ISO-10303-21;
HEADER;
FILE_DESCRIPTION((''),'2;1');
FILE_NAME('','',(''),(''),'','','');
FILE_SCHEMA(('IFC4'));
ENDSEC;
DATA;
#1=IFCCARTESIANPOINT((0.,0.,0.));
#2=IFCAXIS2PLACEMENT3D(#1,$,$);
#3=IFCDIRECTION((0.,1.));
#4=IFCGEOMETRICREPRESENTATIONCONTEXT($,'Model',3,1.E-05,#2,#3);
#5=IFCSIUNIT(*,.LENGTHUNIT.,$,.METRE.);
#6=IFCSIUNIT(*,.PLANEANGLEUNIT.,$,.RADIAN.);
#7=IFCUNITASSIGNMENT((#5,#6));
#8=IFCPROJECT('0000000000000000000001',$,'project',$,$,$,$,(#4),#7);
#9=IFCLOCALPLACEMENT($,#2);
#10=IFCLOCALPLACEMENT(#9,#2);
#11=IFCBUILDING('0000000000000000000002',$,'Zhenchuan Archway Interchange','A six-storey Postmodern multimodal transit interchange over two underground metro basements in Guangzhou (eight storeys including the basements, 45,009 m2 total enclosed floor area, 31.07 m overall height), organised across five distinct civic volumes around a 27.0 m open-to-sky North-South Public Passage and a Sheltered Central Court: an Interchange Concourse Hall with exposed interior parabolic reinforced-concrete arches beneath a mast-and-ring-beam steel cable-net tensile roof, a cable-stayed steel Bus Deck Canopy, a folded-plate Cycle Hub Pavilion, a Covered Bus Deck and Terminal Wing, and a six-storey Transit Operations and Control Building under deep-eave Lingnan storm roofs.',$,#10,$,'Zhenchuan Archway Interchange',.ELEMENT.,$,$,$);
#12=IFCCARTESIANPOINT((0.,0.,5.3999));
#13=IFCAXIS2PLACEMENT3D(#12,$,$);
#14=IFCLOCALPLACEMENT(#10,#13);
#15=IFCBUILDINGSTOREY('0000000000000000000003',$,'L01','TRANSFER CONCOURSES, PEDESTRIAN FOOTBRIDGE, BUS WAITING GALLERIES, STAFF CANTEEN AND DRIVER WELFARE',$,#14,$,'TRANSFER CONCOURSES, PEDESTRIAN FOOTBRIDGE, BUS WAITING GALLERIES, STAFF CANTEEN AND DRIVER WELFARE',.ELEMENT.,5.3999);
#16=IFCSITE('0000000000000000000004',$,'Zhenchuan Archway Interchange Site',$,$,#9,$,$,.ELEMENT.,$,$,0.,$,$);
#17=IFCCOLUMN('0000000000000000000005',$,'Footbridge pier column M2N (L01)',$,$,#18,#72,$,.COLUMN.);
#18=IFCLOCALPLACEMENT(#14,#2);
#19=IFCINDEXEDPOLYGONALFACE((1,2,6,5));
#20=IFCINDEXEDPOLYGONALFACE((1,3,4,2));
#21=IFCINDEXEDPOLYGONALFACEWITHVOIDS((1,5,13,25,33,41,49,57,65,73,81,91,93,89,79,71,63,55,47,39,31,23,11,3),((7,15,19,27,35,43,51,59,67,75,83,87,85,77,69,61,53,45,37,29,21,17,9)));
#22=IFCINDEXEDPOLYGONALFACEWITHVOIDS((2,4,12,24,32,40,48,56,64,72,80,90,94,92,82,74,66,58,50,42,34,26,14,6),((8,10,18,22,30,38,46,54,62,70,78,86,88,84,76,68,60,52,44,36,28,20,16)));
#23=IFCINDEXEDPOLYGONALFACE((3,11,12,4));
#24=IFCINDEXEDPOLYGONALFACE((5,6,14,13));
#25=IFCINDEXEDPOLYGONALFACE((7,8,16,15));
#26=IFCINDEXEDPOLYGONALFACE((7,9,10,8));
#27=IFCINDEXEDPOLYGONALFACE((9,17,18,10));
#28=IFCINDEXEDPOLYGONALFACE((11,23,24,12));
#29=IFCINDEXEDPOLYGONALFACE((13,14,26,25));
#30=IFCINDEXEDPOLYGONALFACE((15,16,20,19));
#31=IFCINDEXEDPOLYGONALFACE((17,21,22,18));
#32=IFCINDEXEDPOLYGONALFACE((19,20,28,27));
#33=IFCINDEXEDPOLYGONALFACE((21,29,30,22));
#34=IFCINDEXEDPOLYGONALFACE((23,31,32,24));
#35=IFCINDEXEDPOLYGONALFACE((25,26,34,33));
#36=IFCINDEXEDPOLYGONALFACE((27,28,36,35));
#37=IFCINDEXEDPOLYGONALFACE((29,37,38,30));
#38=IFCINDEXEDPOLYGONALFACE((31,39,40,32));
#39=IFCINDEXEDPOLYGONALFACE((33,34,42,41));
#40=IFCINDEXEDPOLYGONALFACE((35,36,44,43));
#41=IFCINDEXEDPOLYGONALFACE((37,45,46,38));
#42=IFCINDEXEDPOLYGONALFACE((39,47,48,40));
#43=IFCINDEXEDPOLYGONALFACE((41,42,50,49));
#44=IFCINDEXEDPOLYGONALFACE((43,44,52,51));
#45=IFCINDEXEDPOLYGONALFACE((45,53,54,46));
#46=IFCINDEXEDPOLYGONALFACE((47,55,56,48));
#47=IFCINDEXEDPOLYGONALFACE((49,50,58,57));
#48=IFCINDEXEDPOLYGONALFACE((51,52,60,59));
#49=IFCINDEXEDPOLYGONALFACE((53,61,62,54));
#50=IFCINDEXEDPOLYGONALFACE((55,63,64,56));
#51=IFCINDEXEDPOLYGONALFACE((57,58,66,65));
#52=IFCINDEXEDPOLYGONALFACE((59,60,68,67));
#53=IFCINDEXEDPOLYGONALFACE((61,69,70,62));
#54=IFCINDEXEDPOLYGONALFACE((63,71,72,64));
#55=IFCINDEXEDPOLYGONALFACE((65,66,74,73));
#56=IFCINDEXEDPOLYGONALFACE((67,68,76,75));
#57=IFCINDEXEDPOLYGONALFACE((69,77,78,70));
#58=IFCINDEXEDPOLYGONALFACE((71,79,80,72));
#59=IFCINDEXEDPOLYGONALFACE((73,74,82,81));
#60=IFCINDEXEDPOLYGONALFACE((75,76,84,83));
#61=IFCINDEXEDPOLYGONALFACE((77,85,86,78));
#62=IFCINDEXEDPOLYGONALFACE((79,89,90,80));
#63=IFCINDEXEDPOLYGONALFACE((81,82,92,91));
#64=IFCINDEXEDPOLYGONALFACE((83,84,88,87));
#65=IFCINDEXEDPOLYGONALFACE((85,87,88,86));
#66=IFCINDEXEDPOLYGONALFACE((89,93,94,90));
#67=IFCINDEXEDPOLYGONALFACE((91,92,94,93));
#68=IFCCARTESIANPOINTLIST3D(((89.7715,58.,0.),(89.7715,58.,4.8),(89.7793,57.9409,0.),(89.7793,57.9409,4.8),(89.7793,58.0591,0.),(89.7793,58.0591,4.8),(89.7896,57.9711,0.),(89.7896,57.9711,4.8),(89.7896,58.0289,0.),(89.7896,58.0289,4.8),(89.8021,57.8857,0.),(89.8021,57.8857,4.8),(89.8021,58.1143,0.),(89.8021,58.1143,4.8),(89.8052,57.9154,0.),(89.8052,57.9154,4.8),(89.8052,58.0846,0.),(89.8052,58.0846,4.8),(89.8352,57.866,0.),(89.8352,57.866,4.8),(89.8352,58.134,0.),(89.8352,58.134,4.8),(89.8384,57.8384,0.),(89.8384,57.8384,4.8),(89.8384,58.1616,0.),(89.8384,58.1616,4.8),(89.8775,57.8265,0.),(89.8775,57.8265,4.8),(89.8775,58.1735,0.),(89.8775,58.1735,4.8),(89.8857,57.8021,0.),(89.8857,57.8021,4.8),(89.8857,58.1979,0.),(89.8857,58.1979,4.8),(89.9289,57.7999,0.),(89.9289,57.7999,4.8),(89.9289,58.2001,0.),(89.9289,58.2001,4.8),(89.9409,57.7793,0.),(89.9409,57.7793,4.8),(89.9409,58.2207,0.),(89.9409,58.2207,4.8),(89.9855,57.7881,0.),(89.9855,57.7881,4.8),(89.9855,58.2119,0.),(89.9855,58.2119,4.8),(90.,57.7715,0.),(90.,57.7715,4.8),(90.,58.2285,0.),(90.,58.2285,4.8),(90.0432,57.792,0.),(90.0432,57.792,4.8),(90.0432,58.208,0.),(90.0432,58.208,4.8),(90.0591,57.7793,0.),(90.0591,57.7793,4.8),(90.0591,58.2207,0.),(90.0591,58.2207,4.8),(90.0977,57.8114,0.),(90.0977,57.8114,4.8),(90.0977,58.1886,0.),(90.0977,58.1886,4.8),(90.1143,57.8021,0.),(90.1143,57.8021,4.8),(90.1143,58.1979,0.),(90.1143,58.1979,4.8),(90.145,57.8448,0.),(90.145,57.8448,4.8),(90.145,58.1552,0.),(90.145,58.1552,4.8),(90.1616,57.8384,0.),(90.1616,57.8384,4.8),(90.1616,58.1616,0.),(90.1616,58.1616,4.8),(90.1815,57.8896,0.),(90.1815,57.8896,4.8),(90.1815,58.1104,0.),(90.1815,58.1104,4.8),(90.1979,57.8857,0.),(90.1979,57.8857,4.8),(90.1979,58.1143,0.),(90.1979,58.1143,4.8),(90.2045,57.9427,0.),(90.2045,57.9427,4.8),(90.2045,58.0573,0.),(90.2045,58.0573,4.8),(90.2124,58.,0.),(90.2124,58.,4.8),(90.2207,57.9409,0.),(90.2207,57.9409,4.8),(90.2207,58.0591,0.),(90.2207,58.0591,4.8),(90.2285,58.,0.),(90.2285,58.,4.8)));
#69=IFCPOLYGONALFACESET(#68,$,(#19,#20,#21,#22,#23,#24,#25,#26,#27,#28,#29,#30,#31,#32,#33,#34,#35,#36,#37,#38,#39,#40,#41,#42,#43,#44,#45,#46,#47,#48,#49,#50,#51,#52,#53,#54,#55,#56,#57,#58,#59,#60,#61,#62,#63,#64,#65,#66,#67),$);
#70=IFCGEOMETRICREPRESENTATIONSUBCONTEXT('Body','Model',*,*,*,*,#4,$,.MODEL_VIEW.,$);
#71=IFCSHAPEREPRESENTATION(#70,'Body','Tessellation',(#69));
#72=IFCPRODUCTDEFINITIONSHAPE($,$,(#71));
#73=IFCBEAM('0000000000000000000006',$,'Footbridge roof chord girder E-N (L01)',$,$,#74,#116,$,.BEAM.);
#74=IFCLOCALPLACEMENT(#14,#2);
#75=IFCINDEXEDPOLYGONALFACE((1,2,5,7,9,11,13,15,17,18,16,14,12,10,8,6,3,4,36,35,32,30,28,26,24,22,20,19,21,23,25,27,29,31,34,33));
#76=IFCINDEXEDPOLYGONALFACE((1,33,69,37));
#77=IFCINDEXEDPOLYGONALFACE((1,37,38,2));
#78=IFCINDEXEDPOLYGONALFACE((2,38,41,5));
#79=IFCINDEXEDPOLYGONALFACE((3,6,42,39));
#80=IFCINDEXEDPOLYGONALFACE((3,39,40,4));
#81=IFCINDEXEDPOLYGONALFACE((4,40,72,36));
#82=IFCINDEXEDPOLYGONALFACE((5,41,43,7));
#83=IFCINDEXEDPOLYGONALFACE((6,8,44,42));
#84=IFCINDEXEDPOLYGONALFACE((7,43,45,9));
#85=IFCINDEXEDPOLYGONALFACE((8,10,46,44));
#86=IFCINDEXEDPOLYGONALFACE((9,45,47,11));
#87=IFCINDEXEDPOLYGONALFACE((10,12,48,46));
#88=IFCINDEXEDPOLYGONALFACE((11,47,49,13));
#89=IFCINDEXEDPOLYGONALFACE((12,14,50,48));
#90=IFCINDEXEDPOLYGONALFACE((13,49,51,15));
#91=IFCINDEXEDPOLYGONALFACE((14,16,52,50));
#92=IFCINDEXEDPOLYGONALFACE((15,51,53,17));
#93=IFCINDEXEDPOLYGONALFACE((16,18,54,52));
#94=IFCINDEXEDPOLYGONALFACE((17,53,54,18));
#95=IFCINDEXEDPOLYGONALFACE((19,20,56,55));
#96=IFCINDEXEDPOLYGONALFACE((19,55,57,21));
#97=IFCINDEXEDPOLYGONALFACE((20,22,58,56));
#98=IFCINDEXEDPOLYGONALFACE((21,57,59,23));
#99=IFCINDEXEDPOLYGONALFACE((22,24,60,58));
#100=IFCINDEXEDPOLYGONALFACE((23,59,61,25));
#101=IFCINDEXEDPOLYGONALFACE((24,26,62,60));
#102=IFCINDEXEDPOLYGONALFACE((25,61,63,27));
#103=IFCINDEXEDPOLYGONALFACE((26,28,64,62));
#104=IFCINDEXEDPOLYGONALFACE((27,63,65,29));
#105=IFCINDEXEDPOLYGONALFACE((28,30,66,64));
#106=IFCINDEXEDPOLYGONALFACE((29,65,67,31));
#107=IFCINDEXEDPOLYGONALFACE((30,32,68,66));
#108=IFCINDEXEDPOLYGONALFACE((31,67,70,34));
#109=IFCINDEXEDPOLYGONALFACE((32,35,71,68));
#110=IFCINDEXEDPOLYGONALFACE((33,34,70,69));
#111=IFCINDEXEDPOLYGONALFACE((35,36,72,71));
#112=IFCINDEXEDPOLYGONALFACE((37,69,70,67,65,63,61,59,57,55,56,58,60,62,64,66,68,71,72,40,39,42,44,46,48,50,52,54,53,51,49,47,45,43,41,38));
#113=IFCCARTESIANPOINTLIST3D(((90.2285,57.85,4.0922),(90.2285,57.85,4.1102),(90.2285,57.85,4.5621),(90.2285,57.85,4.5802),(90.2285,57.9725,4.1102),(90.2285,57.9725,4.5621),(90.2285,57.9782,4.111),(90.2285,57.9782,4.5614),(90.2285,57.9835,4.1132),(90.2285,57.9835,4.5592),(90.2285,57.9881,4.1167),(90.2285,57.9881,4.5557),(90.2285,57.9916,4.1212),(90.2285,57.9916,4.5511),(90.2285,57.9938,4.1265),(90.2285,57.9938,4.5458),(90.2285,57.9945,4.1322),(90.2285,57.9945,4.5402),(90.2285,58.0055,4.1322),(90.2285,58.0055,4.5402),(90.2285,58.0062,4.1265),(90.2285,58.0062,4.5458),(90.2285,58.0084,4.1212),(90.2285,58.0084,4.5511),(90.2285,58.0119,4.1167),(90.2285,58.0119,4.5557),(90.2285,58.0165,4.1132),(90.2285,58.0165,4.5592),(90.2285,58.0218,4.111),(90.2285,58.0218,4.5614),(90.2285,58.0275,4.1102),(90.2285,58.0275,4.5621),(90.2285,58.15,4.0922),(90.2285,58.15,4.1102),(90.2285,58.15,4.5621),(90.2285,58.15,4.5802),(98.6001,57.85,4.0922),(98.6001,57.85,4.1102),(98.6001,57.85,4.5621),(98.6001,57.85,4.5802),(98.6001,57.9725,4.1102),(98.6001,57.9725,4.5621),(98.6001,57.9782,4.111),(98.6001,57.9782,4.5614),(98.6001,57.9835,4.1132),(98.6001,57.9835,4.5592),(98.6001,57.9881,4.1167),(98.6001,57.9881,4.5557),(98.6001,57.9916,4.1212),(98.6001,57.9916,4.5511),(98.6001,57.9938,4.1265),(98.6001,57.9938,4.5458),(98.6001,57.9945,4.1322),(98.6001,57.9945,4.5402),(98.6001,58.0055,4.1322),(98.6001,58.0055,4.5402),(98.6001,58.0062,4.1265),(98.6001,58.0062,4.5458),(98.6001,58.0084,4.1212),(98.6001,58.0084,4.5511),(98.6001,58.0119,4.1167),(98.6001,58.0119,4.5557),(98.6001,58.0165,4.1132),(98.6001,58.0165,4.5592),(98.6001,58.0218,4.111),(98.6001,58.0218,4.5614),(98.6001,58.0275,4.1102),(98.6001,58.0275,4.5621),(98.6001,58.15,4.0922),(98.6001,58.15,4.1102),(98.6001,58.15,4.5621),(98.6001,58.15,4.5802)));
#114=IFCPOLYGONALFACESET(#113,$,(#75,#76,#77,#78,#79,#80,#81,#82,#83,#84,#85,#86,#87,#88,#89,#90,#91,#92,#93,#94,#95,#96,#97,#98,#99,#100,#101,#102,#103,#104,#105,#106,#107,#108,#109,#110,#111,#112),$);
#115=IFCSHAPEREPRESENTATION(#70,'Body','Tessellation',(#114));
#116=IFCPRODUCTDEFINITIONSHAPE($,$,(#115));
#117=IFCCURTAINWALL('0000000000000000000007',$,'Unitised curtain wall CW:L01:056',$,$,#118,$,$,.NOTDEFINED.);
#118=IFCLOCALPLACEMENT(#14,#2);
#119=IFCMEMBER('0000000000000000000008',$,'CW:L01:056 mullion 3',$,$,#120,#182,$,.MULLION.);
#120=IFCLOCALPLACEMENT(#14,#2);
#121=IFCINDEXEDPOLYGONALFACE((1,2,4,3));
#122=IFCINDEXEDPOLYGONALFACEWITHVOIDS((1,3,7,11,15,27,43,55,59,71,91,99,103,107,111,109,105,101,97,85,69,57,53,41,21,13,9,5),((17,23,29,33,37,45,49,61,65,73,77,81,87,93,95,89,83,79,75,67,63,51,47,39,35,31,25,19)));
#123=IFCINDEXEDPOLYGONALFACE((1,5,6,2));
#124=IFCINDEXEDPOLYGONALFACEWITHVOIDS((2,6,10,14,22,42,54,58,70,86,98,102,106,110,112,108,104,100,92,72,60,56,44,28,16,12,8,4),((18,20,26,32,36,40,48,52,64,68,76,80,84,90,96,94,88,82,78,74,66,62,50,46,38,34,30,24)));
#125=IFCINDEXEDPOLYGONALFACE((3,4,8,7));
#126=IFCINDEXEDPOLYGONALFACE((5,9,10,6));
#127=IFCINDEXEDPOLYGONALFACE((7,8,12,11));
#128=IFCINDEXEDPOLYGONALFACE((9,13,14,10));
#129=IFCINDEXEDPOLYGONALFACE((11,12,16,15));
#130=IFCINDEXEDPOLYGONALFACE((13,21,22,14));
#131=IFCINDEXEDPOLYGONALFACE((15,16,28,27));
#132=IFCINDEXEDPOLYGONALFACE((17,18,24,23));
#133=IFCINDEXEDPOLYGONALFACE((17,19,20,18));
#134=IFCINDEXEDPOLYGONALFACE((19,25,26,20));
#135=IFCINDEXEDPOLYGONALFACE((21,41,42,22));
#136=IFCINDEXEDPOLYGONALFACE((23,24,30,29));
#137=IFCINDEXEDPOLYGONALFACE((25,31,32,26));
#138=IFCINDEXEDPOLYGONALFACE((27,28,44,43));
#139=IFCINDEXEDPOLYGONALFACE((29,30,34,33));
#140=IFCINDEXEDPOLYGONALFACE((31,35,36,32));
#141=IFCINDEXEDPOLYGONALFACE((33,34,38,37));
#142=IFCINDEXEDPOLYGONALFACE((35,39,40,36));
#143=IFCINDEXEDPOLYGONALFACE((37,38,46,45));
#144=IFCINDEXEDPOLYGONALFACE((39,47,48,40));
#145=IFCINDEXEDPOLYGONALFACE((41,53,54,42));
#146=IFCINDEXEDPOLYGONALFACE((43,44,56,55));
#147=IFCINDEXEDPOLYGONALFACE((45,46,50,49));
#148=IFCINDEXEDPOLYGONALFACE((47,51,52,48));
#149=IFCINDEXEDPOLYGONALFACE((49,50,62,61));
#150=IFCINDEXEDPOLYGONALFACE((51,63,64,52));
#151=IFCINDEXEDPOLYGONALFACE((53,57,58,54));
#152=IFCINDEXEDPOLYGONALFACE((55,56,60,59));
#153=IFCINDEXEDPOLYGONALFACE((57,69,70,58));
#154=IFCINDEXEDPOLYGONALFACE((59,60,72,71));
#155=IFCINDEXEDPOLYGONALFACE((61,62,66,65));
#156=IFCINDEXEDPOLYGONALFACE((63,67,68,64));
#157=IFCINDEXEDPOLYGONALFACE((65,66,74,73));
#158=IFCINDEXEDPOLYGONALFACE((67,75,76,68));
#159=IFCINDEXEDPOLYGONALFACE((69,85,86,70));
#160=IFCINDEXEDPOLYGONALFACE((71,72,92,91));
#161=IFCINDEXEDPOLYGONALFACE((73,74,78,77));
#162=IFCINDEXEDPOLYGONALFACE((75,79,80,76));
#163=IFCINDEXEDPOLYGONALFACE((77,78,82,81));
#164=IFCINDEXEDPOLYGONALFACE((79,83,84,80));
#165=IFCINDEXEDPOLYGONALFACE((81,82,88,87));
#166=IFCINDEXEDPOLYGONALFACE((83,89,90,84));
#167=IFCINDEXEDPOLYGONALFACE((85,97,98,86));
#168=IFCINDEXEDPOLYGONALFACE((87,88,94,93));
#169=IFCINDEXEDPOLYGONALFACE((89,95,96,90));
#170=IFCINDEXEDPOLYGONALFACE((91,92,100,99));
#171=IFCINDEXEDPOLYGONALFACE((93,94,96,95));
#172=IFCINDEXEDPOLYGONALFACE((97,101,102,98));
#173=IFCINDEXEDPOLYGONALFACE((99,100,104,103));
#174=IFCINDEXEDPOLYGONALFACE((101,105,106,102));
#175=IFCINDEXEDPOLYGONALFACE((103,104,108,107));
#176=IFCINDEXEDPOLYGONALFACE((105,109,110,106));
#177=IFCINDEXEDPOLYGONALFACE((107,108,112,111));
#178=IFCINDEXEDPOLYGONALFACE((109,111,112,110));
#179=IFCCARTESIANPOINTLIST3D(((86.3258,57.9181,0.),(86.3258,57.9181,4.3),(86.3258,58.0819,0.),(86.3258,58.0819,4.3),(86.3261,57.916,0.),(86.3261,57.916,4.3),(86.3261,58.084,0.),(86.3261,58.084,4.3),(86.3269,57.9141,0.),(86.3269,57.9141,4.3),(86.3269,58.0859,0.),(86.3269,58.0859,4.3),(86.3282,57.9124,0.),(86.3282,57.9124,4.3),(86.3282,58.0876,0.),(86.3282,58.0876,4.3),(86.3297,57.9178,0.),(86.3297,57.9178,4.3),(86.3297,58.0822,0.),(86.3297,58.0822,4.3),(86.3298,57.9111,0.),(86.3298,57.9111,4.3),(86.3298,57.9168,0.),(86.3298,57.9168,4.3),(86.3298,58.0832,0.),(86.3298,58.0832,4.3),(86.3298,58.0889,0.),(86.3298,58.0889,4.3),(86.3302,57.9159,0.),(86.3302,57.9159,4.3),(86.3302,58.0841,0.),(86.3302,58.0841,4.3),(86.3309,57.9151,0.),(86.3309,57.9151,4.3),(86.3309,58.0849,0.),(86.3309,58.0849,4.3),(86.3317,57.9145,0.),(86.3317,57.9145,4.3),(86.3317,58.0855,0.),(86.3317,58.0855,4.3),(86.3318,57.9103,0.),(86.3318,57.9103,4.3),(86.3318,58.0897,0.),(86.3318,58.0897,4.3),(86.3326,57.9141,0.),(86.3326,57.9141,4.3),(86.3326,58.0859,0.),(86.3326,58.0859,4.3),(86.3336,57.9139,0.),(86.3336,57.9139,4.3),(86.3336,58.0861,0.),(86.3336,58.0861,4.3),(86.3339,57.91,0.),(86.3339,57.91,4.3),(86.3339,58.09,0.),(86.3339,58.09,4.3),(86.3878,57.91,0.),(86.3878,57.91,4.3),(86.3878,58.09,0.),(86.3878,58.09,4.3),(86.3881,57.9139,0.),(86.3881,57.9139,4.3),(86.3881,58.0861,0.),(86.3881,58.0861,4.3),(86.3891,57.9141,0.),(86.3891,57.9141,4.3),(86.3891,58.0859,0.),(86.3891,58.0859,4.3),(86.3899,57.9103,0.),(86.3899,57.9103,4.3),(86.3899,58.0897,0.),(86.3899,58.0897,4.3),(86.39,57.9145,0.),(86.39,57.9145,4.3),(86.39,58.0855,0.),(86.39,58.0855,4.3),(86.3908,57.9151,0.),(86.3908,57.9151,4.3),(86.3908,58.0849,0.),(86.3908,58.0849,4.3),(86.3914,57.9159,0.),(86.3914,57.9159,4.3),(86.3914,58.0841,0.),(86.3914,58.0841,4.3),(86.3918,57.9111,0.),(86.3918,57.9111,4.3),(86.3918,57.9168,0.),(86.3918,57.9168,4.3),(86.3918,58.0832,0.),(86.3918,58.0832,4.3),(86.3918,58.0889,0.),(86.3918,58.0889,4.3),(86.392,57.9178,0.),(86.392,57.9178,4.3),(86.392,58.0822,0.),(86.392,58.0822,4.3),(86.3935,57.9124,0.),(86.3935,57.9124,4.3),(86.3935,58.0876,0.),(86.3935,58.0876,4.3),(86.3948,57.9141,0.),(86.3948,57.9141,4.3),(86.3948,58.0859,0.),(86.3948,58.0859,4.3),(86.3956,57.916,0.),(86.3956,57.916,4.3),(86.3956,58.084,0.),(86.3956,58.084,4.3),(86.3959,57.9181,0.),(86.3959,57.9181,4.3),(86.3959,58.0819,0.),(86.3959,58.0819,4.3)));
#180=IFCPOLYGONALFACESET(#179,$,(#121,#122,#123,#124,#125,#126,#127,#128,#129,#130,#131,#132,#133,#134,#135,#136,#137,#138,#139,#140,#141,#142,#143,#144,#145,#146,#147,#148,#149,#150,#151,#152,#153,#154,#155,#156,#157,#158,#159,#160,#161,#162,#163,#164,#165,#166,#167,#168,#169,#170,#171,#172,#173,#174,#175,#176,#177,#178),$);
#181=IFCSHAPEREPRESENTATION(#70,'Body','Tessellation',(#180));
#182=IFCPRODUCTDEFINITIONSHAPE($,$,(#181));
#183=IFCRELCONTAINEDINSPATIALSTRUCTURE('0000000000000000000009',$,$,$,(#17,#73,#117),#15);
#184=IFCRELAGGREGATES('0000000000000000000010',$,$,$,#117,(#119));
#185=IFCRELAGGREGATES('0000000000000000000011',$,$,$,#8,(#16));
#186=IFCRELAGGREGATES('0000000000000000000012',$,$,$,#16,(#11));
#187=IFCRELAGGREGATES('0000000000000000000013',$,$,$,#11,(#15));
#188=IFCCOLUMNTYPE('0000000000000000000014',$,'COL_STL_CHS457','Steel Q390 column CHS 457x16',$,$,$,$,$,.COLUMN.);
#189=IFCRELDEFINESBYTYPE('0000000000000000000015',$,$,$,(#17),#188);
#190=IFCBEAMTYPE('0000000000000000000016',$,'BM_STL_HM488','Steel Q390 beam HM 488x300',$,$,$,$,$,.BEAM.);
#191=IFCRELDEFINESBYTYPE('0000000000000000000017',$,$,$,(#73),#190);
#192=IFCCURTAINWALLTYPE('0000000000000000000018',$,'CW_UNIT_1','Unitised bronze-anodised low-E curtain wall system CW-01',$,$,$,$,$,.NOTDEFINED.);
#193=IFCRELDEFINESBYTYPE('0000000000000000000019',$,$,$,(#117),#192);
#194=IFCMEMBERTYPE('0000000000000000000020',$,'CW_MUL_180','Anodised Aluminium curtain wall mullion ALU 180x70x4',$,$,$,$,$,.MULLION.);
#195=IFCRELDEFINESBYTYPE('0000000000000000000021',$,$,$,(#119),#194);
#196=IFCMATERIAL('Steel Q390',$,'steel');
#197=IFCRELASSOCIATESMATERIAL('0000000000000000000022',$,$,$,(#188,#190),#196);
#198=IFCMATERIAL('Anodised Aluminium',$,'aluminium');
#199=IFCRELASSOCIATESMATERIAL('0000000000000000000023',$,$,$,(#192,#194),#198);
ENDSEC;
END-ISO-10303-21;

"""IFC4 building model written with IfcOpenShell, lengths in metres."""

from ifc_helpers import new_model, si_unit, direction, frame, origin, origin_2d, place, context, subcontext, project, spatial, hollow_rectangle, hollow_circle, i_section, extrude, material, material_profile, profile_set, type_object, element, aggregate, save


model = new_model("IFC4")

# Units and contexts
model_context = context("Model", 3, precision=1e-05, world=origin(), true_north=direction((0.0, 1.0)))
body_context = subcontext(model_context, "Body", "Model", "MODEL_VIEW")
ifc_project = project(units=[si_unit("LENGTHUNIT", "METRE"), si_unit("PLANEANGLEUNIT", "RADIAN")], contexts=[model_context])

# Site, building, storey
site_placement = place(None, origin())
site = spatial("IfcSite", under=ifc_project, at=site_placement, Name="Zhenchuan Archway Interchange Site", CompositionType="ELEMENT", RefElevation=0.0)
building_placement = place(site_placement, origin())
building = spatial("IfcBuilding", under=site, at=building_placement, Name="Zhenchuan Archway Interchange", Description="A six-storey Postmodern multimodal transit interchange over two underground metro basements in Guangzhou (eight storeys including the basements, 45,009 m2 total enclosed floor area, 31.07 m overall height), organised across five distinct civic volumes around a 27.0 m open-to-sky North-South Public Passage and a Sheltered Central Court: an Interchange Concourse Hall with exposed interior parabolic reinforced-concrete arches beneath a mast-and-ring-beam steel cable-net tensile roof, a cable-stayed steel Bus Deck Canopy, a folded-plate Cycle Hub Pavilion, a Covered Bus Deck and Terminal Wing, and a six-storey Transit Operations and Control Building under deep-eave Lingnan storm roofs.", LongName="Zhenchuan Archway Interchange", CompositionType="ELEMENT")
storey_placement = place(building_placement, frame((0.0, 0.0, 5.3999)))
storey = spatial("IfcBuildingStorey", under=building, at=storey_placement, Name="L01", Description="TRANSFER CONCOURSES, PEDESTRIAN FOOTBRIDGE, BUS WAITING GALLERIES, STAFF CANTEEN AND DRIVER WELFARE", LongName="TRANSFER CONCOURSES, PEDESTRIAN FOOTBRIDGE, BUS WAITING GALLERIES, STAFF CANTEEN AND DRIVER WELFARE", CompositionType="ELEMENT", Elevation=5.3999)

# Column
ifc_material_1 = material(Name="Steel Q390", Category="steel")
ifc_material_profile_1 = material_profile(ifc_material_1, hollow_circle(Radius=0.2285, WallThickness=0.0161, at=origin_2d()), Name="CHS 457x16")
ifc_profile_set_1 = profile_set([ifc_material_profile_1], Name="Steel Q390")
column_type = type_object("IfcColumnType", Name="COL_STL_CHS457", Description="Steel Q390 column CHS 457x16", PredefinedType="COLUMN", material=ifc_profile_set_1)
column_placement = place(storey_placement, frame((90.0, 58.0, 0.0), z_axis=(0.0, 0.0, 1.0), x_axis=(1.0, 0.0, 0.0)))
element("IfcColumn", 1, at=column_placement, inside=storey, type_object=column_type, Name="Footbridge pier column M2N (L01)", PredefinedType="COLUMN", context=body_context, shape_type="SweptSolid", body=[
    extrude(hollow_circle(Radius=0.2285, WallThickness=0.0161, at=origin_2d()), origin(), (0.0, 0.0, 1.0), 4.8),
])

# Beam
ifc_material_profile_2 = material_profile(ifc_material_1, i_section(OverallWidth=0.3, OverallDepth=0.488, WebThickness=0.011, FlangeThickness=0.0181, FilletRadius=0.022, at=origin_2d()), Name="HM 488x300")
ifc_profile_set_2 = profile_set([ifc_material_profile_2], Name="Steel Q390")
beam_type = type_object("IfcBeamType", Name="BM_STL_HM488", Description="Steel Q390 beam HM 488x300", PredefinedType="BEAM", material=ifc_profile_set_2)
beam_placement = place(storey_placement, frame((90.2285, 58.0, 4.3362), z_axis=(1.0, 0.0, 0.0), x_axis=(0.0, 1.0, 0.0)))
element("IfcBeam", 2, at=beam_placement, inside=storey, type_object=beam_type, Name="Footbridge roof chord girder E-N (L01)", PredefinedType="BEAM", context=body_context, shape_type="SweptSolid", body=[
    extrude(i_section(OverallWidth=0.3, OverallDepth=0.488, WebThickness=0.011, FlangeThickness=0.0181, FilletRadius=0.022, at=origin_2d()), origin(), (0.0, 0.0, 1.0), 8.3716),
])

# Curtain wall, member
ifc_material_2 = material(Name="Anodised Aluminium", Category="aluminium")
curtain_wall_type_1 = type_object("IfcCurtainWallType", Name="CW_UNIT_1", Description="Unitised bronze-anodised low-E curtain wall system CW-01", PredefinedType="NOTDEFINED", material=ifc_material_2)
curtain_wall_1_placement = place(storey_placement, origin())
curtain_wall_1 = element("IfcCurtainWall", 3, at=curtain_wall_1_placement, inside=storey, type_object=curtain_wall_type_1, Name="Unitised curtain wall CW:L01:056", PredefinedType="NOTDEFINED")
ifc_material_profile_3 = material_profile(ifc_material_2, hollow_rectangle(XDim=0.0701, YDim=0.1799, WallThickness=0.0039, InnerFilletRadius=0.0039, OuterFilletRadius=0.0081, at=origin_2d()), Name="ALU 180x70x4")
ifc_profile_set_3 = profile_set([ifc_material_profile_3], Name="Anodised Aluminium")
member_type_1 = type_object("IfcMemberType", Name="CW_MUL_180", Description="Anodised Aluminium curtain wall mullion ALU 180x70x4", PredefinedType="MULLION", material=ifc_profile_set_3)
member_1_placement = place(storey_placement, frame((86.3608, 58.0, 0.0), z_axis=(0.0, 0.0, 1.0), x_axis=(1.0, 0.0, 0.0)))
member_1 = element("IfcMember", 4, at=member_1_placement, type_object=member_type_1, Name="CW:L01:056 mullion 3", PredefinedType="MULLION", context=body_context, shape_type="SweptSolid", body=[
    extrude(hollow_rectangle(XDim=0.0701, YDim=0.1799, WallThickness=0.0039, InnerFilletRadius=0.0039, OuterFilletRadius=0.0081, at=origin_2d()), origin(), (0.0, 0.0, 1.0), 4.3),
])

aggregate(curtain_wall_1, [member_1])

save(model, "model.ifc")
